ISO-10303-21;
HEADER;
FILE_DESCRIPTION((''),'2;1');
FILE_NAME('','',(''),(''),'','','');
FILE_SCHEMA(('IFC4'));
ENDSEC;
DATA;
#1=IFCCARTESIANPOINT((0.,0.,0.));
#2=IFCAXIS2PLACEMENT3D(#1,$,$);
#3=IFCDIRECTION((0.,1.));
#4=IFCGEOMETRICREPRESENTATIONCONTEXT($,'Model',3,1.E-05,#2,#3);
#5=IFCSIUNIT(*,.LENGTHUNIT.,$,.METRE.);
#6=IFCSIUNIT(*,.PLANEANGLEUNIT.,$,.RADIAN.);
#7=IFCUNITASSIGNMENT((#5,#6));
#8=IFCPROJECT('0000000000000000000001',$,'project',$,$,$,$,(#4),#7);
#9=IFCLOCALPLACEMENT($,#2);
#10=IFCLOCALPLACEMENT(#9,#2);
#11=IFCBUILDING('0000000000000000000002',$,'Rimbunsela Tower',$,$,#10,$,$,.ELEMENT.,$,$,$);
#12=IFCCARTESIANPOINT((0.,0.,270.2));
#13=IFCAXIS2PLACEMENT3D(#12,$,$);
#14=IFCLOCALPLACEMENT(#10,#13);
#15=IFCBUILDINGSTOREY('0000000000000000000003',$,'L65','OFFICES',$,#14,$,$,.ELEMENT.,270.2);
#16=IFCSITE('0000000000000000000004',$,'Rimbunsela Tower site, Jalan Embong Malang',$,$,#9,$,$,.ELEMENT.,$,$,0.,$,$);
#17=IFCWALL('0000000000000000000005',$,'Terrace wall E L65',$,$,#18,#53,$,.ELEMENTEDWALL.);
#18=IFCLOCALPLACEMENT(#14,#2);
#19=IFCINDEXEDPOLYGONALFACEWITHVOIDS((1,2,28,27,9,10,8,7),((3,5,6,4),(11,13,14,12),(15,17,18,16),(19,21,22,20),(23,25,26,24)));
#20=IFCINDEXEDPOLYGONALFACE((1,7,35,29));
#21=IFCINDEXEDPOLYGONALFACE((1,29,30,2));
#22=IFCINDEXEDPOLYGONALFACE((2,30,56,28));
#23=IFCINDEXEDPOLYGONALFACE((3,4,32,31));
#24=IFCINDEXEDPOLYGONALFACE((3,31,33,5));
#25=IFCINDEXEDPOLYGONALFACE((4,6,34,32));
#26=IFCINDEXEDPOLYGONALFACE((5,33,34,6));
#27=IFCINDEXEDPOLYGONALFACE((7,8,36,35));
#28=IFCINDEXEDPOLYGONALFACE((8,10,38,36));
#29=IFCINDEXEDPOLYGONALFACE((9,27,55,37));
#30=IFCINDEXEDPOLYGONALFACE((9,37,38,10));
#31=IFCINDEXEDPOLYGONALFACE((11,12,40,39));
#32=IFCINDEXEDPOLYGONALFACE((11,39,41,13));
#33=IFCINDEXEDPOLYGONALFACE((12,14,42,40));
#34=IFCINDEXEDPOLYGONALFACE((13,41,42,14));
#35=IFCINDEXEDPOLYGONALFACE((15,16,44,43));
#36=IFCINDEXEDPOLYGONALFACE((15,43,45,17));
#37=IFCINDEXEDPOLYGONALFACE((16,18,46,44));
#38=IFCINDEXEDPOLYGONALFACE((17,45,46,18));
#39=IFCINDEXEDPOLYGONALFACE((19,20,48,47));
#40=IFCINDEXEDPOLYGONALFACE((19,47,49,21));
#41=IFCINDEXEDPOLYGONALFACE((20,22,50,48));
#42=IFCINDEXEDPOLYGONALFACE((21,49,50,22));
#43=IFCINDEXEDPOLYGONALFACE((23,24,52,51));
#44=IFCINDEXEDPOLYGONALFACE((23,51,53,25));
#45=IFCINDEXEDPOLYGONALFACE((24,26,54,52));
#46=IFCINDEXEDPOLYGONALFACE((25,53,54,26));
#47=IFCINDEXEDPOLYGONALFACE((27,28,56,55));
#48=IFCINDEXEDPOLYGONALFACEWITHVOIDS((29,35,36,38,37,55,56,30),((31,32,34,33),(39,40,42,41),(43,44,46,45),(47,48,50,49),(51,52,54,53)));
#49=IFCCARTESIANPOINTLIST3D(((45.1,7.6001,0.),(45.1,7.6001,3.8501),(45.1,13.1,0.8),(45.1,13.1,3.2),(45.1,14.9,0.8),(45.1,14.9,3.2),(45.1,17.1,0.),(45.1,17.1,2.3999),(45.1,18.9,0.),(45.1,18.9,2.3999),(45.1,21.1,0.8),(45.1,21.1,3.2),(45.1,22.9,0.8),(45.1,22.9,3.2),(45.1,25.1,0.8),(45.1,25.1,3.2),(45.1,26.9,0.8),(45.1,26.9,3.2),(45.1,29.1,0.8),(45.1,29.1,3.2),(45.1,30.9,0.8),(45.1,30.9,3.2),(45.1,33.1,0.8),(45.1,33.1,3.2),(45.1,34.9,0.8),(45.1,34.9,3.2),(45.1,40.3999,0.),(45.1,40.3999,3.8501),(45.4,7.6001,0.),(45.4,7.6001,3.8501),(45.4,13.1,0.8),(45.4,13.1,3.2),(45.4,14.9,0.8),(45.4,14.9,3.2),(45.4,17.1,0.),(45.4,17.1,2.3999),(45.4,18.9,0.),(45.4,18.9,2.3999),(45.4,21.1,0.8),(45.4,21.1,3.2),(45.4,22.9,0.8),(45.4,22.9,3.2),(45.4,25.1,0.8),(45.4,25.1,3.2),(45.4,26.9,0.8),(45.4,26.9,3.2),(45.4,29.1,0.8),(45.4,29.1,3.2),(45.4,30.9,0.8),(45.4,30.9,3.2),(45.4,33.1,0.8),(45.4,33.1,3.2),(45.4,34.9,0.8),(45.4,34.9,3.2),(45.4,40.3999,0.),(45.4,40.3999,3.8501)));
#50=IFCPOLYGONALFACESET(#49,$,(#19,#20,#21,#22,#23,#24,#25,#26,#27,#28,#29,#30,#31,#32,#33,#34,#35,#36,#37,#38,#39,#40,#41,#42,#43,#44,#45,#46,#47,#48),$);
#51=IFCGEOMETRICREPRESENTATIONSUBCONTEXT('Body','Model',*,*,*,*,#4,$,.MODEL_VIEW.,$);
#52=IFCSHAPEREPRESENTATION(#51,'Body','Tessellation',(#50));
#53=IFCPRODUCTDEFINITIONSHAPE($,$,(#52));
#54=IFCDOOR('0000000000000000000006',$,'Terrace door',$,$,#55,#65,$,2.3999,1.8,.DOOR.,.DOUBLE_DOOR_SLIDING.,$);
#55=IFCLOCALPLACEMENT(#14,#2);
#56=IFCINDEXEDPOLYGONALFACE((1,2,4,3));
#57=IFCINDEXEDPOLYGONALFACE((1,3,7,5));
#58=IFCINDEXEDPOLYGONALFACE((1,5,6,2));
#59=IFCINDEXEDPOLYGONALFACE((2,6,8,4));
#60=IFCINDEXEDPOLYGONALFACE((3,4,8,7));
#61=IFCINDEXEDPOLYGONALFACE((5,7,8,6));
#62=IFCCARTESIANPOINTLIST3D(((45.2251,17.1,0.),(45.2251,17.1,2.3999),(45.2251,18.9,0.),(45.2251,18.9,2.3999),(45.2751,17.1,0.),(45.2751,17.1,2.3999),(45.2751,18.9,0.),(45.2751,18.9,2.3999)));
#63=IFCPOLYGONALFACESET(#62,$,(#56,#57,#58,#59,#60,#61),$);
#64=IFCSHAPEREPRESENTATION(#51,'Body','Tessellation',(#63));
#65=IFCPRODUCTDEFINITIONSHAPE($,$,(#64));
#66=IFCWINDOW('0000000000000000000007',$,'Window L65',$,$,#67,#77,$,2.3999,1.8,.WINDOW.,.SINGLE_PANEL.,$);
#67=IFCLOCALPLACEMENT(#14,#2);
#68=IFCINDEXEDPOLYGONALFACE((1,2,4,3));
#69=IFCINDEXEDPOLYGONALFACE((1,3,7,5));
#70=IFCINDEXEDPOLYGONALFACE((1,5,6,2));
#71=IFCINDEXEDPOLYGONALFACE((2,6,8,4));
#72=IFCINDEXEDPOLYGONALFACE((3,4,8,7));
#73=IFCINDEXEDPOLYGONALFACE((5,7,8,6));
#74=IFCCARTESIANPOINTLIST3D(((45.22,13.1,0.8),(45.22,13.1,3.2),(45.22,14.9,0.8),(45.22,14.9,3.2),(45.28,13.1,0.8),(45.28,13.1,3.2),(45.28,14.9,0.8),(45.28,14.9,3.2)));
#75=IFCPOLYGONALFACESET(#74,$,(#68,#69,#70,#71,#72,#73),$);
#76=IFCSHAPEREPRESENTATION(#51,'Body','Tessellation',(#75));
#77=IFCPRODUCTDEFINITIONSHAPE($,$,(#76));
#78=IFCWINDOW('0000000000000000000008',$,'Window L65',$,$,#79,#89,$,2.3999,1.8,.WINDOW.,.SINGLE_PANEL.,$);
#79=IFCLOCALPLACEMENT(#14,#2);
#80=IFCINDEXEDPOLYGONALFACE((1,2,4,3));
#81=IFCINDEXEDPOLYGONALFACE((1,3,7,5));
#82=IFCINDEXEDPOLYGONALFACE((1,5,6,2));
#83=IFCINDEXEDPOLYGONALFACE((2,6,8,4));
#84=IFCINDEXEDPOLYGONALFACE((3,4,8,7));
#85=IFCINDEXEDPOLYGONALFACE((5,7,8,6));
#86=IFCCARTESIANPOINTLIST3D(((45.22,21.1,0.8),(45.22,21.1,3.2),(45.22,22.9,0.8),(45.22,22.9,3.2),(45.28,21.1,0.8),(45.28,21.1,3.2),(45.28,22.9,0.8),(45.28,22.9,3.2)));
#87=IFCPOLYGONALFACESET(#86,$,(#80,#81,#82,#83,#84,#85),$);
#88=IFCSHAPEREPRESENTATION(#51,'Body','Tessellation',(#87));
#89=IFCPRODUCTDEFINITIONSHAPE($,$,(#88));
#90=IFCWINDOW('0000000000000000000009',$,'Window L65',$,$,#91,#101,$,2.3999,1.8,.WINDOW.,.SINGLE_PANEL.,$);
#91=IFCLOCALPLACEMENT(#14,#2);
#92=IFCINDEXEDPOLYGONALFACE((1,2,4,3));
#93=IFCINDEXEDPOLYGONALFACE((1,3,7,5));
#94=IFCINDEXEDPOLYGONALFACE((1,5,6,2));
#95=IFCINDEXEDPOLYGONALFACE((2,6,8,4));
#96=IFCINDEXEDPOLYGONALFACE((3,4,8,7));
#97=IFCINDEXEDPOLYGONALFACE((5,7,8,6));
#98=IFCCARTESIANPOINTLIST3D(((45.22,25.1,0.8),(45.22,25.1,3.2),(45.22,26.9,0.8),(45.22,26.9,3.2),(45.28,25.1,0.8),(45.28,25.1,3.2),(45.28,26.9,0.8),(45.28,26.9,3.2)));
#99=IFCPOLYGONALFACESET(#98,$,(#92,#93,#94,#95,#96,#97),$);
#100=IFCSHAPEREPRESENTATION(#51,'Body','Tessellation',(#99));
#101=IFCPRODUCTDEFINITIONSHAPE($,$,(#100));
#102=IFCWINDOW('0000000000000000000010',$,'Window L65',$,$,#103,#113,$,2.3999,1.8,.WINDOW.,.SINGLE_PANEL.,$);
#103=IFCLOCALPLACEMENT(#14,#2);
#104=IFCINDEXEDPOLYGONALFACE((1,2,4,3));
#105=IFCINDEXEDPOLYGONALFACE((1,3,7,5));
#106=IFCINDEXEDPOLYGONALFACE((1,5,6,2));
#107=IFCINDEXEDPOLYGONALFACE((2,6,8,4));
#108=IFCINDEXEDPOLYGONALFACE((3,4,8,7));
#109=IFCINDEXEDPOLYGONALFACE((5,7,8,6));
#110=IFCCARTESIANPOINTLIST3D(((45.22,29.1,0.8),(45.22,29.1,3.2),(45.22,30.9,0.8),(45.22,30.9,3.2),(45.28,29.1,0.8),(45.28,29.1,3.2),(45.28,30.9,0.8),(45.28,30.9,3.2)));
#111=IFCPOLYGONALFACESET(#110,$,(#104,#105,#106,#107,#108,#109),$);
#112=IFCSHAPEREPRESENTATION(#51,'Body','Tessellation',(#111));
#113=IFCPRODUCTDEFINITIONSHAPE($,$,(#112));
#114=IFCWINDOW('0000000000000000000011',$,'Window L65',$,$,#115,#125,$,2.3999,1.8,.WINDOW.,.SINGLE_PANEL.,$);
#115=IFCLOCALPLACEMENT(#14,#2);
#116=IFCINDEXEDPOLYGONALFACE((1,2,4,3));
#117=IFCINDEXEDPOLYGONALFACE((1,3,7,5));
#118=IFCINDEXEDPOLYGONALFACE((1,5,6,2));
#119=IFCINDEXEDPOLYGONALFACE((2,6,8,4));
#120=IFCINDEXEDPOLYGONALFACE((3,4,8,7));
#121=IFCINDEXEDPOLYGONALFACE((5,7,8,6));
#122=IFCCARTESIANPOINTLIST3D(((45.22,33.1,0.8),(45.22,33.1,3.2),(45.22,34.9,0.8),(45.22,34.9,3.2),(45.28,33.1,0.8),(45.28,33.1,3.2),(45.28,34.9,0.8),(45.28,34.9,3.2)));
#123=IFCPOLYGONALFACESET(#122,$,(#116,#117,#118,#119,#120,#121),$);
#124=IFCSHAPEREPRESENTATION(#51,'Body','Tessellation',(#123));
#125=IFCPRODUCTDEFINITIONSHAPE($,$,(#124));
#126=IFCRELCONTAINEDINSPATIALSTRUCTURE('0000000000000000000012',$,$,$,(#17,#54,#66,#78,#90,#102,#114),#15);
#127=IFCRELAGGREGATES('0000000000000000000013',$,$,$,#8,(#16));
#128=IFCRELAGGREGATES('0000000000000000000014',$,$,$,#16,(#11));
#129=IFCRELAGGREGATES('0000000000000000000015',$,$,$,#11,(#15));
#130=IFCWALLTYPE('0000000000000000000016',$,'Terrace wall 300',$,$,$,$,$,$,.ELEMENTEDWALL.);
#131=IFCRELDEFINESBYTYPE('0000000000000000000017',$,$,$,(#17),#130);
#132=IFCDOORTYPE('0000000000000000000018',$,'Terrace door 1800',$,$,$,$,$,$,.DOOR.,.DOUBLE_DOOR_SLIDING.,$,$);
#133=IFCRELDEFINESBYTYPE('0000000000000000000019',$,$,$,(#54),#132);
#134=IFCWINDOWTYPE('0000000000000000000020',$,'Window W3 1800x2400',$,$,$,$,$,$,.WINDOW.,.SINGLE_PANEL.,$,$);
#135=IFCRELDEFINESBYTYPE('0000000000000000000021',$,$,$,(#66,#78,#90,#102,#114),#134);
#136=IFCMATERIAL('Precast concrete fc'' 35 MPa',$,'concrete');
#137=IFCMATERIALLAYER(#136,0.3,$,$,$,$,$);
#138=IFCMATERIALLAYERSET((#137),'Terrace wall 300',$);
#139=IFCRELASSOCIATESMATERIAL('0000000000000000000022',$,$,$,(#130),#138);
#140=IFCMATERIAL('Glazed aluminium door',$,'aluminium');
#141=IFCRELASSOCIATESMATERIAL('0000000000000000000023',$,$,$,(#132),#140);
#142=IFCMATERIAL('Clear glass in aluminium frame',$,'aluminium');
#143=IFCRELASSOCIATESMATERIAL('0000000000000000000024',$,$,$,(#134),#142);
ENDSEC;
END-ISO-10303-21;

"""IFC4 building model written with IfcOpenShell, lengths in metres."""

from ifc_helpers import new_model, si_unit, direction, frame, frame_2d, origin, place, context, subcontext, project, spatial, rectangle, extrude, material, layer, layer_set, type_object, element, fill, save


model = new_model("IFC4")

# Units and contexts
model_context = context("Model", 3, precision=1e-05, world=origin(), true_north=direction((0.0, 1.0)))
body_context = subcontext(model_context, "Body", "Model", "MODEL_VIEW")
ifc_project = project(units=[si_unit("LENGTHUNIT", "METRE"), si_unit("PLANEANGLEUNIT", "RADIAN")], contexts=[model_context])

# Site, building, storey
site_placement = place(None, origin())
site = spatial("IfcSite", under=ifc_project, at=site_placement, Name="Rimbunsela Tower site, Jalan Embong Malang", CompositionType="ELEMENT", RefElevation=0.0)
building_placement = place(site_placement, origin())
building = spatial("IfcBuilding", under=site, at=building_placement, Name="Rimbunsela Tower", CompositionType="ELEMENT")
storey_placement = place(building_placement, frame((0.0, 0.0, 270.2)))
storey = spatial("IfcBuildingStorey", under=building, at=storey_placement, Name="L65", Description="OFFICES", CompositionType="ELEMENT", Elevation=270.2)

# Wall, openings, door, windows
ifc_material_1 = material(Name="Precast concrete fc' 35 MPa", Category="concrete")
ifc_layer_1 = layer(ifc_material_1, 0.3)
ifc_layer_set_1 = layer_set([ifc_layer_1], Name="Terrace wall 300")
wall_type_1 = type_object("IfcWallType", Name="Terrace wall 300", PredefinedType="ELEMENTEDWALL", material=ifc_layer_set_1)
wall_1_placement = place(storey_placement, frame((45.25, 7.6001, 0.0), z_axis=(0.0, 0.0, 1.0), x_axis=(0.0, 1.0, 0.0)))
wall_1 = element("IfcWall", 1, at=wall_1_placement, inside=storey, type_object=wall_type_1, Name="Terrace wall E L65", PredefinedType="ELEMENTEDWALL", context=body_context, shape_type="SweptSolid", body=[
    extrude(rectangle(XDim=32.7998, YDim=0.3, at=frame_2d((16.3999, 0.0))), origin(), (0.0, 0.0, 1.0), 3.8501),
])
opening_1_placement = place(wall_1_placement, frame((5.5, 0.0, 0.8)))
opening_1 = element("IfcOpeningElement", 2, at=opening_1_placement, cuts=wall_1, PredefinedType="OPENING", context=body_context, shape_type="SweptSolid", body=[
    extrude(rectangle(XDim=1.8, YDim=2.3999, at=frame_2d((0.8999, 1.2))), frame((0.0, 0.1599, 0.0), z_axis=(0.0, -1.0, 0.0), x_axis=(1.0, 0.0, 0.0)), (0.0, 0.0, 1.0), 0.3201),
])
opening_2_placement = place(wall_1_placement, frame((9.5, 0.0, 0.0)))
opening_2 = element("IfcOpeningElement", 3, at=opening_2_placement, cuts=wall_1, PredefinedType="OPENING", context=body_context, shape_type="SweptSolid", body=[
    extrude(rectangle(XDim=1.8, YDim=2.3999, at=frame_2d((0.8999, 1.2))), frame((0.0, 0.1599, 0.0), z_axis=(0.0, -1.0, 0.0), x_axis=(1.0, 0.0, 0.0)), (0.0, 0.0, 1.0), 0.3201),
])
opening_3_placement = place(wall_1_placement, frame((13.5, 0.0, 0.8)))
opening_3 = element("IfcOpeningElement", 4, at=opening_3_placement, cuts=wall_1, PredefinedType="OPENING", context=body_context, shape_type="SweptSolid", body=[
    extrude(rectangle(XDim=1.8, YDim=2.3999, at=frame_2d((0.8999, 1.2))), frame((0.0, 0.1599, 0.0), z_axis=(0.0, -1.0, 0.0), x_axis=(1.0, 0.0, 0.0)), (0.0, 0.0, 1.0), 0.3201),
])
opening_4_placement = place(wall_1_placement, frame((17.5, 0.0, 0.8)))
opening_4 = element("IfcOpeningElement", 5, at=opening_4_placement, cuts=wall_1, PredefinedType="OPENING", context=body_context, shape_type="SweptSolid", body=[
    extrude(rectangle(XDim=1.8, YDim=2.3999, at=frame_2d((0.8999, 1.2))), frame((0.0, 0.1599, 0.0), z_axis=(0.0, -1.0, 0.0), x_axis=(1.0, 0.0, 0.0)), (0.0, 0.0, 1.0), 0.3201),
])
opening_5_placement = place(wall_1_placement, frame((21.5, 0.0, 0.8)))
opening_5 = element("IfcOpeningElement", 6, at=opening_5_placement, cuts=wall_1, PredefinedType="OPENING", context=body_context, shape_type="SweptSolid", body=[
    extrude(rectangle(XDim=1.8, YDim=2.3999, at=frame_2d((0.8999, 1.2))), frame((0.0, 0.1599, 0.0), z_axis=(0.0, -1.0, 0.0), x_axis=(1.0, 0.0, 0.0)), (0.0, 0.0, 1.0), 0.3201),
])
opening_6_placement = place(wall_1_placement, frame((25.5, 0.0, 0.8)))
opening_6 = element("IfcOpeningElement", 7, at=opening_6_placement, cuts=wall_1, PredefinedType="OPENING", context=body_context, shape_type="SweptSolid", body=[
    extrude(rectangle(XDim=1.8, YDim=2.3999, at=frame_2d((0.8999, 1.2))), frame((0.0, 0.1599, 0.0), z_axis=(0.0, -1.0, 0.0), x_axis=(1.0, 0.0, 0.0)), (0.0, 0.0, 1.0), 0.3201),
])
ifc_material_2 = material(Name="Glazed aluminium door", Category="aluminium")
door_type_1 = type_object("IfcDoorType", Name="Terrace door 1800", OperationType="DOUBLE_DOOR_SLIDING", PredefinedType="DOOR", material=ifc_material_2)
door_1_placement = place(opening_2_placement, origin())
door_1 = element("IfcDoor", 8, at=door_1_placement, inside=storey, type_object=door_type_1, Name="Terrace door", OperationType="DOUBLE_DOOR_SLIDING", OverallHeight=2.3999, OverallWidth=1.8, PredefinedType="DOOR", context=body_context, shape_type="SweptSolid", body=[
    extrude(rectangle(XDim=1.8, YDim=2.3999, at=frame_2d((0.8999, 1.2))), frame((0.0, 0.0249, 0.0), z_axis=(0.0, -1.0, 0.0), x_axis=(1.0, 0.0, 0.0)), (0.0, 0.0, 1.0), 0.05),
])
fill(opening_2, door_1)
ifc_material_3 = material(Name="Clear glass in aluminium frame", Category="aluminium")
window_type = type_object("IfcWindowType", Name="Window W3 1800x2400", PartitioningType="SINGLE_PANEL", PredefinedType="WINDOW", material=ifc_material_3)
window_1_placement = place(opening_1_placement, origin())
window_1 = element("IfcWindow", 9, at=window_1_placement, inside=storey, type_object=window_type, Name="Window L65", OverallHeight=2.3999, OverallWidth=1.8, PartitioningType="SINGLE_PANEL", PredefinedType="WINDOW", context=body_context, shape_type="SweptSolid", body=[
    extrude(rectangle(XDim=1.8, YDim=2.3999, at=frame_2d((0.8999, 1.2))), frame((0.0, 0.03, 0.0), z_axis=(0.0, -1.0, 0.0), x_axis=(1.0, 0.0, 0.0)), (0.0, 0.0, 1.0), 0.0601),
])
fill(opening_1, window_1)
window_2_placement = place(opening_3_placement, origin())
window_2 = element("IfcWindow", 10, at=window_2_placement, inside=storey, type_object=window_type, Name="Window L65", OverallHeight=2.3999, OverallWidth=1.8, PartitioningType="SINGLE_PANEL", PredefinedType="WINDOW", context=body_context, shape_type="SweptSolid", body=[
    extrude(rectangle(XDim=1.8, YDim=2.3999, at=frame_2d((0.8999, 1.2))), frame((0.0, 0.03, 0.0), z_axis=(0.0, -1.0, 0.0), x_axis=(1.0, 0.0, 0.0)), (0.0, 0.0, 1.0), 0.0601),
])
fill(opening_3, window_2)
window_3_placement = place(opening_4_placement, origin())
window_3 = element("IfcWindow", 11, at=window_3_placement, inside=storey, type_object=window_type, Name="Window L65", OverallHeight=2.3999, OverallWidth=1.8, PartitioningType="SINGLE_PANEL", PredefinedType="WINDOW", context=body_context, shape_type="SweptSolid", body=[
    extrude(rectangle(XDim=1.8, YDim=2.3999, at=frame_2d((0.8999, 1.2))), frame((0.0, 0.03, 0.0), z_axis=(0.0, -1.0, 0.0), x_axis=(1.0, 0.0, 0.0)), (0.0, 0.0, 1.0), 0.0601),
])
fill(opening_4, window_3)
window_4_placement = place(opening_5_placement, origin())
window_4 = element("IfcWindow", 12, at=window_4_placement, inside=storey, type_object=window_type, Name="Window L65", OverallHeight=2.3999, OverallWidth=1.8, PartitioningType="SINGLE_PANEL", PredefinedType="WINDOW", context=body_context, shape_type="SweptSolid", body=[
    extrude(rectangle(XDim=1.8, YDim=2.3999, at=frame_2d((0.8999, 1.2))), frame((0.0, 0.03, 0.0), z_axis=(0.0, -1.0, 0.0), x_axis=(1.0, 0.0, 0.0)), (0.0, 0.0, 1.0), 0.0601),
])
fill(opening_5, window_4)
window_5_placement = place(opening_6_placement, origin())
window_5 = element("IfcWindow", 13, at=window_5_placement, inside=storey, type_object=window_type, Name="Window L65", OverallHeight=2.3999, OverallWidth=1.8, PartitioningType="SINGLE_PANEL", PredefinedType="WINDOW", context=body_context, shape_type="SweptSolid", body=[
    extrude(rectangle(XDim=1.8, YDim=2.3999, at=frame_2d((0.8999, 1.2))), frame((0.0, 0.03, 0.0), z_axis=(0.0, -1.0, 0.0), x_axis=(1.0, 0.0, 0.0)), (0.0, 0.0, 1.0), 0.0601),
])
fill(opening_6, window_5)

save(model, "model.ifc")
